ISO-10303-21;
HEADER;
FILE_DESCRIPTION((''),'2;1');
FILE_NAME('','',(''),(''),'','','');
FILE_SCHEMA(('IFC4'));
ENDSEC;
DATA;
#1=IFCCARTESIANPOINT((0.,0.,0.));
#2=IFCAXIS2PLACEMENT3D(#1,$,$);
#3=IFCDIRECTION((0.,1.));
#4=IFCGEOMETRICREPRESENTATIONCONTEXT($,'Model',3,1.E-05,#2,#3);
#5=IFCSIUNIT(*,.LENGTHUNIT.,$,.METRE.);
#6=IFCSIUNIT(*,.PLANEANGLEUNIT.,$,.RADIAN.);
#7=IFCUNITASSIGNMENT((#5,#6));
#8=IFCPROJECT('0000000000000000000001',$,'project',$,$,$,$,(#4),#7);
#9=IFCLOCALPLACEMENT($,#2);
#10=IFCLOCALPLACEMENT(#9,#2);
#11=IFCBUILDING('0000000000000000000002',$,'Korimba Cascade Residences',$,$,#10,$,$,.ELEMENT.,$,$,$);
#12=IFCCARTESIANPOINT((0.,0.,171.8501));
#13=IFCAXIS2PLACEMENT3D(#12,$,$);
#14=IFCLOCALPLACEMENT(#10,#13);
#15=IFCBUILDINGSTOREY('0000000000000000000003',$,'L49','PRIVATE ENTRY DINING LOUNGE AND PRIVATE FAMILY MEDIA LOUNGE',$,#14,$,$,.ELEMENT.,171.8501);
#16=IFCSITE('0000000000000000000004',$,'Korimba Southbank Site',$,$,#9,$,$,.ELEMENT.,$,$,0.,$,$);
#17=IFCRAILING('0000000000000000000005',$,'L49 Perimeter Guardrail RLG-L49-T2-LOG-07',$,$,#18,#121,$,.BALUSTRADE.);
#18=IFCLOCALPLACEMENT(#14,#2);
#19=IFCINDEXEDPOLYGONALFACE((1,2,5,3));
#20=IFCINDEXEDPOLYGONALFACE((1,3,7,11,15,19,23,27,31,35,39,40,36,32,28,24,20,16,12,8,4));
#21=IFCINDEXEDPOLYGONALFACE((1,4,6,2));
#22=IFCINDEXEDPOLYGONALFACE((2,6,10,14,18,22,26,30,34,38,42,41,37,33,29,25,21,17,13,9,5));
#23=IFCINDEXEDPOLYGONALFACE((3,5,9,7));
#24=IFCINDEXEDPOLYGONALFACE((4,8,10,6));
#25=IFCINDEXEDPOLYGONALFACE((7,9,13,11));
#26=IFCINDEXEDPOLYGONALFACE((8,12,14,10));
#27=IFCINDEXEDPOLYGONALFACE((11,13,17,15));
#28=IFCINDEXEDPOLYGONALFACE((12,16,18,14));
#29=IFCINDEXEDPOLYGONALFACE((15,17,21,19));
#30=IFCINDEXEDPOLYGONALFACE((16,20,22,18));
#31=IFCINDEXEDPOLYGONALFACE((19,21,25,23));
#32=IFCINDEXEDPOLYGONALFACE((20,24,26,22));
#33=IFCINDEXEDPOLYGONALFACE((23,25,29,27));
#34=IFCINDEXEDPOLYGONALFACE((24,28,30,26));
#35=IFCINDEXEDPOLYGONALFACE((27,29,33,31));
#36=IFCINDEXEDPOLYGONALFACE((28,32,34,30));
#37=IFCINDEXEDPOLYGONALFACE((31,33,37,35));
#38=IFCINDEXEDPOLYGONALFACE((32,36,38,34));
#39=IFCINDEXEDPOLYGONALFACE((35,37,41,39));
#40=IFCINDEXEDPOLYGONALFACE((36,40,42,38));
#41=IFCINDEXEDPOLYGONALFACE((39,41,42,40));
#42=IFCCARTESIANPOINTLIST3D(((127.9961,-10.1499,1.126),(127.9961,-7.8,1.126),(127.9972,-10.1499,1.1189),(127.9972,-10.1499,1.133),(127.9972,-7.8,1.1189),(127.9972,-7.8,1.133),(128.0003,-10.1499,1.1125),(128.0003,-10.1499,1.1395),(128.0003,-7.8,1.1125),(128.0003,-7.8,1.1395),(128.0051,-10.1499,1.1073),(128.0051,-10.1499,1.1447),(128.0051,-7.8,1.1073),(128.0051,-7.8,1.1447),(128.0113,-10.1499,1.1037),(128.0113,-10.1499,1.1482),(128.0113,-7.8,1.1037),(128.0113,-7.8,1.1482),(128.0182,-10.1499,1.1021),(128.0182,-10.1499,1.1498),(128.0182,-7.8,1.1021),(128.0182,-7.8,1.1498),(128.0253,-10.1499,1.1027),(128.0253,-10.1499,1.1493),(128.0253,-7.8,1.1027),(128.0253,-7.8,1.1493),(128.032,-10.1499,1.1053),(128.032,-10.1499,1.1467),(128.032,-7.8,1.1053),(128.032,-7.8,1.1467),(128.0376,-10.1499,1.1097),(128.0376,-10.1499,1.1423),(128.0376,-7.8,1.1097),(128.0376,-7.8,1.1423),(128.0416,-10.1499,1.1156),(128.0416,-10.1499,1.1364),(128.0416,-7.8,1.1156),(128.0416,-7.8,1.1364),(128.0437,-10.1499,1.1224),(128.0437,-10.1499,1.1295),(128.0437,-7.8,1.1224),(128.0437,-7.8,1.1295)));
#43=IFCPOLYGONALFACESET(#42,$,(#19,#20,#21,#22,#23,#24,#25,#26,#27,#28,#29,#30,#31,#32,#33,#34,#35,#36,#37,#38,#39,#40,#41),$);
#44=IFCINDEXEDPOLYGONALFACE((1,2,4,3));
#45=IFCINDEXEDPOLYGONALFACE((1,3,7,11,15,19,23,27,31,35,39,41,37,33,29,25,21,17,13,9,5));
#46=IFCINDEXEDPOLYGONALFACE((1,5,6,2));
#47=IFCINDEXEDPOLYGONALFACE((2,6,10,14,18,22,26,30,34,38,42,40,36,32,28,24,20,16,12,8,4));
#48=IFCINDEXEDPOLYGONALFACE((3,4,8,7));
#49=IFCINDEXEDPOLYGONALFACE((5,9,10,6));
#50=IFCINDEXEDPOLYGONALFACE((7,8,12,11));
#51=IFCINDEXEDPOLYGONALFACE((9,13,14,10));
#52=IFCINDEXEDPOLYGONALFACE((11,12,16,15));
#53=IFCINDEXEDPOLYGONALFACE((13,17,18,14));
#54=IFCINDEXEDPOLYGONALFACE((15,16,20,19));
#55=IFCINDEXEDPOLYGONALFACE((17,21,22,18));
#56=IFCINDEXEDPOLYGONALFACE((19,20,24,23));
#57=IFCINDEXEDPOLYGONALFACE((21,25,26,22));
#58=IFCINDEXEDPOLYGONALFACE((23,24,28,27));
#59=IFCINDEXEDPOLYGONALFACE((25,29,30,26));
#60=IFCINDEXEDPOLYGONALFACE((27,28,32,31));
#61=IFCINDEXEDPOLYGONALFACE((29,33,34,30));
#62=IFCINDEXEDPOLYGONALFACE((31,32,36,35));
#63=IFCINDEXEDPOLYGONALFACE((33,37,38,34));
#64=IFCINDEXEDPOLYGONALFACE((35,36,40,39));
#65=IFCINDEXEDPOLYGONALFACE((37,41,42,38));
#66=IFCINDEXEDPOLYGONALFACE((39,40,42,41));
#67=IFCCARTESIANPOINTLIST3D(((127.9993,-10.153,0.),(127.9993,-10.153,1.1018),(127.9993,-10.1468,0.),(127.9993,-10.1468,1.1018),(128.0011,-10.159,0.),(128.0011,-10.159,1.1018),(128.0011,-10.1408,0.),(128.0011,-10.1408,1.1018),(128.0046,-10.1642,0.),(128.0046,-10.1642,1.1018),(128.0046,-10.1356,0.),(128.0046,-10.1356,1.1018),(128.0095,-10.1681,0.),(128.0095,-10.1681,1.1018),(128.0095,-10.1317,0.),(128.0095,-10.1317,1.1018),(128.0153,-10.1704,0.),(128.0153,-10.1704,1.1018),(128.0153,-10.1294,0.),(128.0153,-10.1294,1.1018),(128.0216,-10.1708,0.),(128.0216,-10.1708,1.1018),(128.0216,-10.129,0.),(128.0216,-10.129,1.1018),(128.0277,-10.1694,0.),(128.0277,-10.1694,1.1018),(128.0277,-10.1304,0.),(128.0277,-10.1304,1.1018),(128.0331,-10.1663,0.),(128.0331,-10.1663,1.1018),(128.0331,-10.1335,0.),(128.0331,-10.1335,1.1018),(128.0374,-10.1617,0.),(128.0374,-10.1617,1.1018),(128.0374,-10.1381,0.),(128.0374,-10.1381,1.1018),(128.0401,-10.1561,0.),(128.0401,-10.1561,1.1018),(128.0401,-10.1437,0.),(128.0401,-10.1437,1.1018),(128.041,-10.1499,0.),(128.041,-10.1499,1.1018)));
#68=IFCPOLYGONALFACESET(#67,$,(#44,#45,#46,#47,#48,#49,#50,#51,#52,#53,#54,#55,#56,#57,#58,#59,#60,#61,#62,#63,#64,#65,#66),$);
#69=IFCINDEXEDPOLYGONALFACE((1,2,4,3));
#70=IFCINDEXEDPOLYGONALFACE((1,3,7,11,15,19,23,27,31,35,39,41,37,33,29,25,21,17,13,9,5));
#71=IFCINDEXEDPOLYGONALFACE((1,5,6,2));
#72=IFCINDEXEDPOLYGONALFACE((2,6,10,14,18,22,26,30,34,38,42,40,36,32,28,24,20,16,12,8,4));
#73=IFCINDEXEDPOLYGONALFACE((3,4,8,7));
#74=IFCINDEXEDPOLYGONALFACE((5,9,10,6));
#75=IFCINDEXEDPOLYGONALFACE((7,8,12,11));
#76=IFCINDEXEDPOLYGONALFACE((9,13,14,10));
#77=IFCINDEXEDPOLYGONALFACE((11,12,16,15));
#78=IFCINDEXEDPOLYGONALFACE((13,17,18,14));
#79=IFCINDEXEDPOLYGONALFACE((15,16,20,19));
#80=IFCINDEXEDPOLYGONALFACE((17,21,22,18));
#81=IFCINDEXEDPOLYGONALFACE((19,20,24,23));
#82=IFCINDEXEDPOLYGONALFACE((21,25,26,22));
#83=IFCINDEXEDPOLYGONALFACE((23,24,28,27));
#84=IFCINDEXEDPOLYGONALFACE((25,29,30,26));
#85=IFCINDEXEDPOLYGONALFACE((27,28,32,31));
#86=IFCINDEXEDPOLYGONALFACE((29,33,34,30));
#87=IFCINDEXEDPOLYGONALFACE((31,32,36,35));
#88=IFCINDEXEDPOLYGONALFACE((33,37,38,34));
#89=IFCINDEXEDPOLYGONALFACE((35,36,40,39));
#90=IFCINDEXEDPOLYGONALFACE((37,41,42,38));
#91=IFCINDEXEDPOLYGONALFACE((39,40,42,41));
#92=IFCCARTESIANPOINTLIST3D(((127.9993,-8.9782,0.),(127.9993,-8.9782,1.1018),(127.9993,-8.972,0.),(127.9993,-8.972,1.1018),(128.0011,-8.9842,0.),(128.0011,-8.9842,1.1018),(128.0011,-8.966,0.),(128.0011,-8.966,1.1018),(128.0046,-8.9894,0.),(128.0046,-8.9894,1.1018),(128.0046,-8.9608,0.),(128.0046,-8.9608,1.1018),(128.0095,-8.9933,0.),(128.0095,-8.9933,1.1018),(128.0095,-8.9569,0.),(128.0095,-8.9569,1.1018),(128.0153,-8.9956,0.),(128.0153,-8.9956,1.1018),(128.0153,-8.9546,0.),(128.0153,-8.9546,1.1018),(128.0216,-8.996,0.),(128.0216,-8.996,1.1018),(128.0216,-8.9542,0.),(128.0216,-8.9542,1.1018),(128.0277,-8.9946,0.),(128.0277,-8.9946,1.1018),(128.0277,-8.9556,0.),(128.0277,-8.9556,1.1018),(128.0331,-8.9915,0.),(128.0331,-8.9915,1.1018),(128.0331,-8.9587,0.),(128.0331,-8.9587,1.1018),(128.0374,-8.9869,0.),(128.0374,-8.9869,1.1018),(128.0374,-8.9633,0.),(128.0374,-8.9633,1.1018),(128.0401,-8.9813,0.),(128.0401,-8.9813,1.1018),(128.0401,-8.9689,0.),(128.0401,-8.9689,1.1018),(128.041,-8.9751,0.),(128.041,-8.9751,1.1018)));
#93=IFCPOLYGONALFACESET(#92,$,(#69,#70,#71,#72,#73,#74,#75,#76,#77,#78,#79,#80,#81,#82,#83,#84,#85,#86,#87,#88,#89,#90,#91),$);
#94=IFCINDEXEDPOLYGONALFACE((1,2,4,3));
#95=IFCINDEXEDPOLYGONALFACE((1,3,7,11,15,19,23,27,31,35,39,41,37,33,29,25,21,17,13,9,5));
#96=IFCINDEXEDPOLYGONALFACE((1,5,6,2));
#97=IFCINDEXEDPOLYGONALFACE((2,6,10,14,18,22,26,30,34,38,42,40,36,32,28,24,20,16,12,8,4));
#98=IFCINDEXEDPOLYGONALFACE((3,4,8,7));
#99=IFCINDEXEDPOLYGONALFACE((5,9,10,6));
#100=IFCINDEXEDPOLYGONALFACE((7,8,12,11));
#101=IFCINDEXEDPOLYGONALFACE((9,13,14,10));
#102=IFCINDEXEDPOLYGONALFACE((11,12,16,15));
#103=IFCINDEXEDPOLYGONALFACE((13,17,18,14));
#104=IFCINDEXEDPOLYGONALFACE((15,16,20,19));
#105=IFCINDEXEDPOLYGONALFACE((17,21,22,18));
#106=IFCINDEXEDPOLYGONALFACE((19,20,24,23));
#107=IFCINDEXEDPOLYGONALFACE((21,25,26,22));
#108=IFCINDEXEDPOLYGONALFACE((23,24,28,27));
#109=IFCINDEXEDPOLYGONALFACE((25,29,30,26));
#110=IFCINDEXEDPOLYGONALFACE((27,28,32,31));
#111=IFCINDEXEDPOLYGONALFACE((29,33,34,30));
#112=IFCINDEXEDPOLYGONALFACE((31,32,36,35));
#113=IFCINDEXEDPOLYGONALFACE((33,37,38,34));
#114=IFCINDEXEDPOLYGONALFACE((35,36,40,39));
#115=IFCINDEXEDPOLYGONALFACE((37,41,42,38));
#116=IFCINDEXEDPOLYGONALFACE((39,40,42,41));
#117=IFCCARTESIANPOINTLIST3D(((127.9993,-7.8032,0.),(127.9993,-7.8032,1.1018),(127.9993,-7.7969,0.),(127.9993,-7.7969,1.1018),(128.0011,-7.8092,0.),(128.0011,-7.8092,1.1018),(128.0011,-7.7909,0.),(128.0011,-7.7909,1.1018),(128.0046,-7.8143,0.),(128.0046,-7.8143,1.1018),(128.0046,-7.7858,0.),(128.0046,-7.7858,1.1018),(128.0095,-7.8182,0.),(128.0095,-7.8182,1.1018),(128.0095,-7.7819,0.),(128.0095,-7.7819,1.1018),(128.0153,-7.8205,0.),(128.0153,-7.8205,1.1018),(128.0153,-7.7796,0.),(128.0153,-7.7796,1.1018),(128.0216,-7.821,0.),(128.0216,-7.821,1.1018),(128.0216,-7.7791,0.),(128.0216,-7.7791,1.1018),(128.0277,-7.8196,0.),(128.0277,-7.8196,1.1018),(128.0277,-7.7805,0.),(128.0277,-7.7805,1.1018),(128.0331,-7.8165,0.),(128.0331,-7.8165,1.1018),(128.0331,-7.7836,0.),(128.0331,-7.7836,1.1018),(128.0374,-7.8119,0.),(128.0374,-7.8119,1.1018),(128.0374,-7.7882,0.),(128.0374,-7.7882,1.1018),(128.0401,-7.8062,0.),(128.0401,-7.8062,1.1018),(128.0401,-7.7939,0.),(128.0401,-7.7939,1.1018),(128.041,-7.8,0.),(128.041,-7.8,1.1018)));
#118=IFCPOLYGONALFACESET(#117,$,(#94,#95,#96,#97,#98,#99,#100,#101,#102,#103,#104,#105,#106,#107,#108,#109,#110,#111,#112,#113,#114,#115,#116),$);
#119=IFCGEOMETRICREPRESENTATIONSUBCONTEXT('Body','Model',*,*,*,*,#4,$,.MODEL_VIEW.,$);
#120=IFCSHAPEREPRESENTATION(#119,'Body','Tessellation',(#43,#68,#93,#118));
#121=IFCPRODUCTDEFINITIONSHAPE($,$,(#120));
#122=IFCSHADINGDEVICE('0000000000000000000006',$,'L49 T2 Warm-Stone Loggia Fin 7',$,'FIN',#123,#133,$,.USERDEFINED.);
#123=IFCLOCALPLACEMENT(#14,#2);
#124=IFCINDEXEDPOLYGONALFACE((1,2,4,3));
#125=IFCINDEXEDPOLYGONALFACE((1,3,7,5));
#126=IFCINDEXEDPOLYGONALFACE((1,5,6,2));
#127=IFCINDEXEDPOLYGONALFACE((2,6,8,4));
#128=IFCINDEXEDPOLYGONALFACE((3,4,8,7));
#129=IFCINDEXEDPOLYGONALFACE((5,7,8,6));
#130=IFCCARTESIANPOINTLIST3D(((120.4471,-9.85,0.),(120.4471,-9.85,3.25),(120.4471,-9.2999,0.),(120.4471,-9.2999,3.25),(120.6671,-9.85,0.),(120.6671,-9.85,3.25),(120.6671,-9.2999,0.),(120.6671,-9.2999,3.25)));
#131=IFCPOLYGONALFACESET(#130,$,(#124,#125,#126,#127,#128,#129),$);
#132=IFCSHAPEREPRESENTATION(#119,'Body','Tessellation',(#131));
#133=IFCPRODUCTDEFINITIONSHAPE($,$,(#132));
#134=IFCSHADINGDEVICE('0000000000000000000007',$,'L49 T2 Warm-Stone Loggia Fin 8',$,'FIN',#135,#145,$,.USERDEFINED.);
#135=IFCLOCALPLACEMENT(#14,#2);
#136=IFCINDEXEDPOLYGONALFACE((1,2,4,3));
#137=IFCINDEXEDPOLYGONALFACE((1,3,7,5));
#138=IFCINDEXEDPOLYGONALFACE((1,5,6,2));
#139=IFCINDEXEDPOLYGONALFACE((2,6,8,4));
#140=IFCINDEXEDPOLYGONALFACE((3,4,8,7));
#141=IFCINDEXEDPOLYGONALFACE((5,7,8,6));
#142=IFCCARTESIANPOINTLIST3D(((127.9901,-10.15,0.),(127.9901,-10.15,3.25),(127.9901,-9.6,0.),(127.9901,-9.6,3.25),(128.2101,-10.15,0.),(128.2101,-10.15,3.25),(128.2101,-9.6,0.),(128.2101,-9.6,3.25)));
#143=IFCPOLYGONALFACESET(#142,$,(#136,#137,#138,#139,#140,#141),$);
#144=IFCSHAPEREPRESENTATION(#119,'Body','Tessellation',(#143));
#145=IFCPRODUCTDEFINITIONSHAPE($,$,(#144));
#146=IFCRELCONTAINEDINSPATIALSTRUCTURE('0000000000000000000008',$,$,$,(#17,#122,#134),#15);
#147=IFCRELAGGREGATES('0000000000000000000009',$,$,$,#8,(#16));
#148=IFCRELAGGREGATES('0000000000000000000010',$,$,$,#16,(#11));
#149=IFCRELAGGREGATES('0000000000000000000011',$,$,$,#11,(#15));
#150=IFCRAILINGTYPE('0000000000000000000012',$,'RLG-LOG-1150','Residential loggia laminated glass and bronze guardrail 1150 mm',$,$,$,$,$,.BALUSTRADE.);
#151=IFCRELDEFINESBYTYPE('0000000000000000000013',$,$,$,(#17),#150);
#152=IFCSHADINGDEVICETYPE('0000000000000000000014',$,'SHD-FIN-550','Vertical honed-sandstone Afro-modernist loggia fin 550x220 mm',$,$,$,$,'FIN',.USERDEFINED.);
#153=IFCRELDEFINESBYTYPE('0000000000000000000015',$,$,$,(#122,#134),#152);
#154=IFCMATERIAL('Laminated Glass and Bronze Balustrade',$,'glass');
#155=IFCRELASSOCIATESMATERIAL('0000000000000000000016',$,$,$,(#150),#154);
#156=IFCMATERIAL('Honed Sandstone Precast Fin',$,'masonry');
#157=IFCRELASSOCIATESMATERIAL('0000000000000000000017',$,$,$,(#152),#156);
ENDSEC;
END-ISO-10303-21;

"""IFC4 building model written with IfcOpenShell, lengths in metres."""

from ifc_helpers import new_model, si_unit, direction, frame, origin, origin_2d, place, context, subcontext, project, spatial, rectangle, circle, extrude, material, type_object, element, save


model = new_model("IFC4")

# Units and contexts
model_context = context("Model", 3, precision=1e-05, world=origin(), true_north=direction((0.0, 1.0)))
body_context = subcontext(model_context, "Body", "Model", "MODEL_VIEW")
ifc_project = project(units=[si_unit("LENGTHUNIT", "METRE"), si_unit("PLANEANGLEUNIT", "RADIAN")], contexts=[model_context])

# Site, building, storey
site_placement = place(None, origin())
site = spatial("IfcSite", under=ifc_project, at=site_placement, Name="Korimba Southbank Site", CompositionType="ELEMENT", RefElevation=0.0)
building_placement = place(site_placement, origin())
building = spatial("IfcBuilding", under=site, at=building_placement, Name="Korimba Cascade Residences", CompositionType="ELEMENT")
storey_placement = place(building_placement, frame((0.0, 0.0, 171.8501)))
storey = spatial("IfcBuildingStorey", under=building, at=storey_placement, Name="L49", Description="PRIVATE ENTRY DINING LOUNGE AND PRIVATE FAMILY MEDIA LOUNGE", CompositionType="ELEMENT", Elevation=171.8501)

# Railing
ifc_material_1 = material(Name="Laminated Glass and Bronze Balustrade", Category="glass")
railing_type = type_object("IfcRailingType", Name="RLG-LOG-1150", Description="Residential loggia laminated glass and bronze guardrail 1150 mm", PredefinedType="BALUSTRADE", material=ifc_material_1)
railing_1_placement = place(storey_placement, frame((128.02, -10.1499, 0.0)))
element("IfcRailing", 1, at=railing_1_placement, inside=storey, type_object=railing_type, Name="L49 Perimeter Guardrail RLG-L49-T2-LOG-07", PredefinedType="BALUSTRADE", context=body_context, shape_type="SweptSolid", body=[
    extrude(circle(Radius=0.0239, at=origin_2d()), frame((0.0, 0.0, 1.126), z_axis=(0.0, 1.0, 0.0), x_axis=(-1.0, 0.0, 0.0)), (0.0, 0.0, 1.0), 2.3499),
    extrude(circle(Radius=0.021, at=origin_2d()), origin(), (0.0, 0.0, 1.0), 1.1018),
    extrude(circle(Radius=0.021, at=origin_2d()), frame((0.0, 1.1748, 0.0)), (0.0, 0.0, 1.0), 1.1018),
    extrude(circle(Radius=0.021, at=origin_2d()), frame((0.0, 2.3499, 0.0)), (0.0, 0.0, 1.0), 1.1018),
])

# Shading devices
ifc_material_2 = material(Name="Honed Sandstone Precast Fin", Category="masonry")
shading_device_type = type_object("IfcShadingDeviceType", Name="SHD-FIN-550", Description="Vertical honed-sandstone Afro-modernist loggia fin 550x220 mm", ElementType="FIN", PredefinedType="USERDEFINED", material=ifc_material_2)
for number, where, z_axis, x_axis, name in (
    (2, (120.5571, -9.575, 0.0), (0.0, 0.0, 1.0), (1.0, 0.0, 0.0), "L49 T2 Warm-Stone Loggia Fin 7"),
    (3, (128.1001, -9.875, 0.0), (0.0, 0.0, 1.0), (1.0, 0.0, 0.0), "L49 T2 Warm-Stone Loggia Fin 8"),
):
    element("IfcShadingDevice", number, at=place(storey_placement, frame(where, z_axis=z_axis, x_axis=x_axis)), inside=storey, type_object=shading_device_type, Name=name, ObjectType="FIN", PredefinedType="USERDEFINED", context=body_context, shape_type="SweptSolid", body=[
        extrude(rectangle(XDim=0.22, YDim=0.55, at=origin_2d()), origin(), (0.0, 0.0, 1.0), 3.25),
    ])

save(model, "model.ifc")
